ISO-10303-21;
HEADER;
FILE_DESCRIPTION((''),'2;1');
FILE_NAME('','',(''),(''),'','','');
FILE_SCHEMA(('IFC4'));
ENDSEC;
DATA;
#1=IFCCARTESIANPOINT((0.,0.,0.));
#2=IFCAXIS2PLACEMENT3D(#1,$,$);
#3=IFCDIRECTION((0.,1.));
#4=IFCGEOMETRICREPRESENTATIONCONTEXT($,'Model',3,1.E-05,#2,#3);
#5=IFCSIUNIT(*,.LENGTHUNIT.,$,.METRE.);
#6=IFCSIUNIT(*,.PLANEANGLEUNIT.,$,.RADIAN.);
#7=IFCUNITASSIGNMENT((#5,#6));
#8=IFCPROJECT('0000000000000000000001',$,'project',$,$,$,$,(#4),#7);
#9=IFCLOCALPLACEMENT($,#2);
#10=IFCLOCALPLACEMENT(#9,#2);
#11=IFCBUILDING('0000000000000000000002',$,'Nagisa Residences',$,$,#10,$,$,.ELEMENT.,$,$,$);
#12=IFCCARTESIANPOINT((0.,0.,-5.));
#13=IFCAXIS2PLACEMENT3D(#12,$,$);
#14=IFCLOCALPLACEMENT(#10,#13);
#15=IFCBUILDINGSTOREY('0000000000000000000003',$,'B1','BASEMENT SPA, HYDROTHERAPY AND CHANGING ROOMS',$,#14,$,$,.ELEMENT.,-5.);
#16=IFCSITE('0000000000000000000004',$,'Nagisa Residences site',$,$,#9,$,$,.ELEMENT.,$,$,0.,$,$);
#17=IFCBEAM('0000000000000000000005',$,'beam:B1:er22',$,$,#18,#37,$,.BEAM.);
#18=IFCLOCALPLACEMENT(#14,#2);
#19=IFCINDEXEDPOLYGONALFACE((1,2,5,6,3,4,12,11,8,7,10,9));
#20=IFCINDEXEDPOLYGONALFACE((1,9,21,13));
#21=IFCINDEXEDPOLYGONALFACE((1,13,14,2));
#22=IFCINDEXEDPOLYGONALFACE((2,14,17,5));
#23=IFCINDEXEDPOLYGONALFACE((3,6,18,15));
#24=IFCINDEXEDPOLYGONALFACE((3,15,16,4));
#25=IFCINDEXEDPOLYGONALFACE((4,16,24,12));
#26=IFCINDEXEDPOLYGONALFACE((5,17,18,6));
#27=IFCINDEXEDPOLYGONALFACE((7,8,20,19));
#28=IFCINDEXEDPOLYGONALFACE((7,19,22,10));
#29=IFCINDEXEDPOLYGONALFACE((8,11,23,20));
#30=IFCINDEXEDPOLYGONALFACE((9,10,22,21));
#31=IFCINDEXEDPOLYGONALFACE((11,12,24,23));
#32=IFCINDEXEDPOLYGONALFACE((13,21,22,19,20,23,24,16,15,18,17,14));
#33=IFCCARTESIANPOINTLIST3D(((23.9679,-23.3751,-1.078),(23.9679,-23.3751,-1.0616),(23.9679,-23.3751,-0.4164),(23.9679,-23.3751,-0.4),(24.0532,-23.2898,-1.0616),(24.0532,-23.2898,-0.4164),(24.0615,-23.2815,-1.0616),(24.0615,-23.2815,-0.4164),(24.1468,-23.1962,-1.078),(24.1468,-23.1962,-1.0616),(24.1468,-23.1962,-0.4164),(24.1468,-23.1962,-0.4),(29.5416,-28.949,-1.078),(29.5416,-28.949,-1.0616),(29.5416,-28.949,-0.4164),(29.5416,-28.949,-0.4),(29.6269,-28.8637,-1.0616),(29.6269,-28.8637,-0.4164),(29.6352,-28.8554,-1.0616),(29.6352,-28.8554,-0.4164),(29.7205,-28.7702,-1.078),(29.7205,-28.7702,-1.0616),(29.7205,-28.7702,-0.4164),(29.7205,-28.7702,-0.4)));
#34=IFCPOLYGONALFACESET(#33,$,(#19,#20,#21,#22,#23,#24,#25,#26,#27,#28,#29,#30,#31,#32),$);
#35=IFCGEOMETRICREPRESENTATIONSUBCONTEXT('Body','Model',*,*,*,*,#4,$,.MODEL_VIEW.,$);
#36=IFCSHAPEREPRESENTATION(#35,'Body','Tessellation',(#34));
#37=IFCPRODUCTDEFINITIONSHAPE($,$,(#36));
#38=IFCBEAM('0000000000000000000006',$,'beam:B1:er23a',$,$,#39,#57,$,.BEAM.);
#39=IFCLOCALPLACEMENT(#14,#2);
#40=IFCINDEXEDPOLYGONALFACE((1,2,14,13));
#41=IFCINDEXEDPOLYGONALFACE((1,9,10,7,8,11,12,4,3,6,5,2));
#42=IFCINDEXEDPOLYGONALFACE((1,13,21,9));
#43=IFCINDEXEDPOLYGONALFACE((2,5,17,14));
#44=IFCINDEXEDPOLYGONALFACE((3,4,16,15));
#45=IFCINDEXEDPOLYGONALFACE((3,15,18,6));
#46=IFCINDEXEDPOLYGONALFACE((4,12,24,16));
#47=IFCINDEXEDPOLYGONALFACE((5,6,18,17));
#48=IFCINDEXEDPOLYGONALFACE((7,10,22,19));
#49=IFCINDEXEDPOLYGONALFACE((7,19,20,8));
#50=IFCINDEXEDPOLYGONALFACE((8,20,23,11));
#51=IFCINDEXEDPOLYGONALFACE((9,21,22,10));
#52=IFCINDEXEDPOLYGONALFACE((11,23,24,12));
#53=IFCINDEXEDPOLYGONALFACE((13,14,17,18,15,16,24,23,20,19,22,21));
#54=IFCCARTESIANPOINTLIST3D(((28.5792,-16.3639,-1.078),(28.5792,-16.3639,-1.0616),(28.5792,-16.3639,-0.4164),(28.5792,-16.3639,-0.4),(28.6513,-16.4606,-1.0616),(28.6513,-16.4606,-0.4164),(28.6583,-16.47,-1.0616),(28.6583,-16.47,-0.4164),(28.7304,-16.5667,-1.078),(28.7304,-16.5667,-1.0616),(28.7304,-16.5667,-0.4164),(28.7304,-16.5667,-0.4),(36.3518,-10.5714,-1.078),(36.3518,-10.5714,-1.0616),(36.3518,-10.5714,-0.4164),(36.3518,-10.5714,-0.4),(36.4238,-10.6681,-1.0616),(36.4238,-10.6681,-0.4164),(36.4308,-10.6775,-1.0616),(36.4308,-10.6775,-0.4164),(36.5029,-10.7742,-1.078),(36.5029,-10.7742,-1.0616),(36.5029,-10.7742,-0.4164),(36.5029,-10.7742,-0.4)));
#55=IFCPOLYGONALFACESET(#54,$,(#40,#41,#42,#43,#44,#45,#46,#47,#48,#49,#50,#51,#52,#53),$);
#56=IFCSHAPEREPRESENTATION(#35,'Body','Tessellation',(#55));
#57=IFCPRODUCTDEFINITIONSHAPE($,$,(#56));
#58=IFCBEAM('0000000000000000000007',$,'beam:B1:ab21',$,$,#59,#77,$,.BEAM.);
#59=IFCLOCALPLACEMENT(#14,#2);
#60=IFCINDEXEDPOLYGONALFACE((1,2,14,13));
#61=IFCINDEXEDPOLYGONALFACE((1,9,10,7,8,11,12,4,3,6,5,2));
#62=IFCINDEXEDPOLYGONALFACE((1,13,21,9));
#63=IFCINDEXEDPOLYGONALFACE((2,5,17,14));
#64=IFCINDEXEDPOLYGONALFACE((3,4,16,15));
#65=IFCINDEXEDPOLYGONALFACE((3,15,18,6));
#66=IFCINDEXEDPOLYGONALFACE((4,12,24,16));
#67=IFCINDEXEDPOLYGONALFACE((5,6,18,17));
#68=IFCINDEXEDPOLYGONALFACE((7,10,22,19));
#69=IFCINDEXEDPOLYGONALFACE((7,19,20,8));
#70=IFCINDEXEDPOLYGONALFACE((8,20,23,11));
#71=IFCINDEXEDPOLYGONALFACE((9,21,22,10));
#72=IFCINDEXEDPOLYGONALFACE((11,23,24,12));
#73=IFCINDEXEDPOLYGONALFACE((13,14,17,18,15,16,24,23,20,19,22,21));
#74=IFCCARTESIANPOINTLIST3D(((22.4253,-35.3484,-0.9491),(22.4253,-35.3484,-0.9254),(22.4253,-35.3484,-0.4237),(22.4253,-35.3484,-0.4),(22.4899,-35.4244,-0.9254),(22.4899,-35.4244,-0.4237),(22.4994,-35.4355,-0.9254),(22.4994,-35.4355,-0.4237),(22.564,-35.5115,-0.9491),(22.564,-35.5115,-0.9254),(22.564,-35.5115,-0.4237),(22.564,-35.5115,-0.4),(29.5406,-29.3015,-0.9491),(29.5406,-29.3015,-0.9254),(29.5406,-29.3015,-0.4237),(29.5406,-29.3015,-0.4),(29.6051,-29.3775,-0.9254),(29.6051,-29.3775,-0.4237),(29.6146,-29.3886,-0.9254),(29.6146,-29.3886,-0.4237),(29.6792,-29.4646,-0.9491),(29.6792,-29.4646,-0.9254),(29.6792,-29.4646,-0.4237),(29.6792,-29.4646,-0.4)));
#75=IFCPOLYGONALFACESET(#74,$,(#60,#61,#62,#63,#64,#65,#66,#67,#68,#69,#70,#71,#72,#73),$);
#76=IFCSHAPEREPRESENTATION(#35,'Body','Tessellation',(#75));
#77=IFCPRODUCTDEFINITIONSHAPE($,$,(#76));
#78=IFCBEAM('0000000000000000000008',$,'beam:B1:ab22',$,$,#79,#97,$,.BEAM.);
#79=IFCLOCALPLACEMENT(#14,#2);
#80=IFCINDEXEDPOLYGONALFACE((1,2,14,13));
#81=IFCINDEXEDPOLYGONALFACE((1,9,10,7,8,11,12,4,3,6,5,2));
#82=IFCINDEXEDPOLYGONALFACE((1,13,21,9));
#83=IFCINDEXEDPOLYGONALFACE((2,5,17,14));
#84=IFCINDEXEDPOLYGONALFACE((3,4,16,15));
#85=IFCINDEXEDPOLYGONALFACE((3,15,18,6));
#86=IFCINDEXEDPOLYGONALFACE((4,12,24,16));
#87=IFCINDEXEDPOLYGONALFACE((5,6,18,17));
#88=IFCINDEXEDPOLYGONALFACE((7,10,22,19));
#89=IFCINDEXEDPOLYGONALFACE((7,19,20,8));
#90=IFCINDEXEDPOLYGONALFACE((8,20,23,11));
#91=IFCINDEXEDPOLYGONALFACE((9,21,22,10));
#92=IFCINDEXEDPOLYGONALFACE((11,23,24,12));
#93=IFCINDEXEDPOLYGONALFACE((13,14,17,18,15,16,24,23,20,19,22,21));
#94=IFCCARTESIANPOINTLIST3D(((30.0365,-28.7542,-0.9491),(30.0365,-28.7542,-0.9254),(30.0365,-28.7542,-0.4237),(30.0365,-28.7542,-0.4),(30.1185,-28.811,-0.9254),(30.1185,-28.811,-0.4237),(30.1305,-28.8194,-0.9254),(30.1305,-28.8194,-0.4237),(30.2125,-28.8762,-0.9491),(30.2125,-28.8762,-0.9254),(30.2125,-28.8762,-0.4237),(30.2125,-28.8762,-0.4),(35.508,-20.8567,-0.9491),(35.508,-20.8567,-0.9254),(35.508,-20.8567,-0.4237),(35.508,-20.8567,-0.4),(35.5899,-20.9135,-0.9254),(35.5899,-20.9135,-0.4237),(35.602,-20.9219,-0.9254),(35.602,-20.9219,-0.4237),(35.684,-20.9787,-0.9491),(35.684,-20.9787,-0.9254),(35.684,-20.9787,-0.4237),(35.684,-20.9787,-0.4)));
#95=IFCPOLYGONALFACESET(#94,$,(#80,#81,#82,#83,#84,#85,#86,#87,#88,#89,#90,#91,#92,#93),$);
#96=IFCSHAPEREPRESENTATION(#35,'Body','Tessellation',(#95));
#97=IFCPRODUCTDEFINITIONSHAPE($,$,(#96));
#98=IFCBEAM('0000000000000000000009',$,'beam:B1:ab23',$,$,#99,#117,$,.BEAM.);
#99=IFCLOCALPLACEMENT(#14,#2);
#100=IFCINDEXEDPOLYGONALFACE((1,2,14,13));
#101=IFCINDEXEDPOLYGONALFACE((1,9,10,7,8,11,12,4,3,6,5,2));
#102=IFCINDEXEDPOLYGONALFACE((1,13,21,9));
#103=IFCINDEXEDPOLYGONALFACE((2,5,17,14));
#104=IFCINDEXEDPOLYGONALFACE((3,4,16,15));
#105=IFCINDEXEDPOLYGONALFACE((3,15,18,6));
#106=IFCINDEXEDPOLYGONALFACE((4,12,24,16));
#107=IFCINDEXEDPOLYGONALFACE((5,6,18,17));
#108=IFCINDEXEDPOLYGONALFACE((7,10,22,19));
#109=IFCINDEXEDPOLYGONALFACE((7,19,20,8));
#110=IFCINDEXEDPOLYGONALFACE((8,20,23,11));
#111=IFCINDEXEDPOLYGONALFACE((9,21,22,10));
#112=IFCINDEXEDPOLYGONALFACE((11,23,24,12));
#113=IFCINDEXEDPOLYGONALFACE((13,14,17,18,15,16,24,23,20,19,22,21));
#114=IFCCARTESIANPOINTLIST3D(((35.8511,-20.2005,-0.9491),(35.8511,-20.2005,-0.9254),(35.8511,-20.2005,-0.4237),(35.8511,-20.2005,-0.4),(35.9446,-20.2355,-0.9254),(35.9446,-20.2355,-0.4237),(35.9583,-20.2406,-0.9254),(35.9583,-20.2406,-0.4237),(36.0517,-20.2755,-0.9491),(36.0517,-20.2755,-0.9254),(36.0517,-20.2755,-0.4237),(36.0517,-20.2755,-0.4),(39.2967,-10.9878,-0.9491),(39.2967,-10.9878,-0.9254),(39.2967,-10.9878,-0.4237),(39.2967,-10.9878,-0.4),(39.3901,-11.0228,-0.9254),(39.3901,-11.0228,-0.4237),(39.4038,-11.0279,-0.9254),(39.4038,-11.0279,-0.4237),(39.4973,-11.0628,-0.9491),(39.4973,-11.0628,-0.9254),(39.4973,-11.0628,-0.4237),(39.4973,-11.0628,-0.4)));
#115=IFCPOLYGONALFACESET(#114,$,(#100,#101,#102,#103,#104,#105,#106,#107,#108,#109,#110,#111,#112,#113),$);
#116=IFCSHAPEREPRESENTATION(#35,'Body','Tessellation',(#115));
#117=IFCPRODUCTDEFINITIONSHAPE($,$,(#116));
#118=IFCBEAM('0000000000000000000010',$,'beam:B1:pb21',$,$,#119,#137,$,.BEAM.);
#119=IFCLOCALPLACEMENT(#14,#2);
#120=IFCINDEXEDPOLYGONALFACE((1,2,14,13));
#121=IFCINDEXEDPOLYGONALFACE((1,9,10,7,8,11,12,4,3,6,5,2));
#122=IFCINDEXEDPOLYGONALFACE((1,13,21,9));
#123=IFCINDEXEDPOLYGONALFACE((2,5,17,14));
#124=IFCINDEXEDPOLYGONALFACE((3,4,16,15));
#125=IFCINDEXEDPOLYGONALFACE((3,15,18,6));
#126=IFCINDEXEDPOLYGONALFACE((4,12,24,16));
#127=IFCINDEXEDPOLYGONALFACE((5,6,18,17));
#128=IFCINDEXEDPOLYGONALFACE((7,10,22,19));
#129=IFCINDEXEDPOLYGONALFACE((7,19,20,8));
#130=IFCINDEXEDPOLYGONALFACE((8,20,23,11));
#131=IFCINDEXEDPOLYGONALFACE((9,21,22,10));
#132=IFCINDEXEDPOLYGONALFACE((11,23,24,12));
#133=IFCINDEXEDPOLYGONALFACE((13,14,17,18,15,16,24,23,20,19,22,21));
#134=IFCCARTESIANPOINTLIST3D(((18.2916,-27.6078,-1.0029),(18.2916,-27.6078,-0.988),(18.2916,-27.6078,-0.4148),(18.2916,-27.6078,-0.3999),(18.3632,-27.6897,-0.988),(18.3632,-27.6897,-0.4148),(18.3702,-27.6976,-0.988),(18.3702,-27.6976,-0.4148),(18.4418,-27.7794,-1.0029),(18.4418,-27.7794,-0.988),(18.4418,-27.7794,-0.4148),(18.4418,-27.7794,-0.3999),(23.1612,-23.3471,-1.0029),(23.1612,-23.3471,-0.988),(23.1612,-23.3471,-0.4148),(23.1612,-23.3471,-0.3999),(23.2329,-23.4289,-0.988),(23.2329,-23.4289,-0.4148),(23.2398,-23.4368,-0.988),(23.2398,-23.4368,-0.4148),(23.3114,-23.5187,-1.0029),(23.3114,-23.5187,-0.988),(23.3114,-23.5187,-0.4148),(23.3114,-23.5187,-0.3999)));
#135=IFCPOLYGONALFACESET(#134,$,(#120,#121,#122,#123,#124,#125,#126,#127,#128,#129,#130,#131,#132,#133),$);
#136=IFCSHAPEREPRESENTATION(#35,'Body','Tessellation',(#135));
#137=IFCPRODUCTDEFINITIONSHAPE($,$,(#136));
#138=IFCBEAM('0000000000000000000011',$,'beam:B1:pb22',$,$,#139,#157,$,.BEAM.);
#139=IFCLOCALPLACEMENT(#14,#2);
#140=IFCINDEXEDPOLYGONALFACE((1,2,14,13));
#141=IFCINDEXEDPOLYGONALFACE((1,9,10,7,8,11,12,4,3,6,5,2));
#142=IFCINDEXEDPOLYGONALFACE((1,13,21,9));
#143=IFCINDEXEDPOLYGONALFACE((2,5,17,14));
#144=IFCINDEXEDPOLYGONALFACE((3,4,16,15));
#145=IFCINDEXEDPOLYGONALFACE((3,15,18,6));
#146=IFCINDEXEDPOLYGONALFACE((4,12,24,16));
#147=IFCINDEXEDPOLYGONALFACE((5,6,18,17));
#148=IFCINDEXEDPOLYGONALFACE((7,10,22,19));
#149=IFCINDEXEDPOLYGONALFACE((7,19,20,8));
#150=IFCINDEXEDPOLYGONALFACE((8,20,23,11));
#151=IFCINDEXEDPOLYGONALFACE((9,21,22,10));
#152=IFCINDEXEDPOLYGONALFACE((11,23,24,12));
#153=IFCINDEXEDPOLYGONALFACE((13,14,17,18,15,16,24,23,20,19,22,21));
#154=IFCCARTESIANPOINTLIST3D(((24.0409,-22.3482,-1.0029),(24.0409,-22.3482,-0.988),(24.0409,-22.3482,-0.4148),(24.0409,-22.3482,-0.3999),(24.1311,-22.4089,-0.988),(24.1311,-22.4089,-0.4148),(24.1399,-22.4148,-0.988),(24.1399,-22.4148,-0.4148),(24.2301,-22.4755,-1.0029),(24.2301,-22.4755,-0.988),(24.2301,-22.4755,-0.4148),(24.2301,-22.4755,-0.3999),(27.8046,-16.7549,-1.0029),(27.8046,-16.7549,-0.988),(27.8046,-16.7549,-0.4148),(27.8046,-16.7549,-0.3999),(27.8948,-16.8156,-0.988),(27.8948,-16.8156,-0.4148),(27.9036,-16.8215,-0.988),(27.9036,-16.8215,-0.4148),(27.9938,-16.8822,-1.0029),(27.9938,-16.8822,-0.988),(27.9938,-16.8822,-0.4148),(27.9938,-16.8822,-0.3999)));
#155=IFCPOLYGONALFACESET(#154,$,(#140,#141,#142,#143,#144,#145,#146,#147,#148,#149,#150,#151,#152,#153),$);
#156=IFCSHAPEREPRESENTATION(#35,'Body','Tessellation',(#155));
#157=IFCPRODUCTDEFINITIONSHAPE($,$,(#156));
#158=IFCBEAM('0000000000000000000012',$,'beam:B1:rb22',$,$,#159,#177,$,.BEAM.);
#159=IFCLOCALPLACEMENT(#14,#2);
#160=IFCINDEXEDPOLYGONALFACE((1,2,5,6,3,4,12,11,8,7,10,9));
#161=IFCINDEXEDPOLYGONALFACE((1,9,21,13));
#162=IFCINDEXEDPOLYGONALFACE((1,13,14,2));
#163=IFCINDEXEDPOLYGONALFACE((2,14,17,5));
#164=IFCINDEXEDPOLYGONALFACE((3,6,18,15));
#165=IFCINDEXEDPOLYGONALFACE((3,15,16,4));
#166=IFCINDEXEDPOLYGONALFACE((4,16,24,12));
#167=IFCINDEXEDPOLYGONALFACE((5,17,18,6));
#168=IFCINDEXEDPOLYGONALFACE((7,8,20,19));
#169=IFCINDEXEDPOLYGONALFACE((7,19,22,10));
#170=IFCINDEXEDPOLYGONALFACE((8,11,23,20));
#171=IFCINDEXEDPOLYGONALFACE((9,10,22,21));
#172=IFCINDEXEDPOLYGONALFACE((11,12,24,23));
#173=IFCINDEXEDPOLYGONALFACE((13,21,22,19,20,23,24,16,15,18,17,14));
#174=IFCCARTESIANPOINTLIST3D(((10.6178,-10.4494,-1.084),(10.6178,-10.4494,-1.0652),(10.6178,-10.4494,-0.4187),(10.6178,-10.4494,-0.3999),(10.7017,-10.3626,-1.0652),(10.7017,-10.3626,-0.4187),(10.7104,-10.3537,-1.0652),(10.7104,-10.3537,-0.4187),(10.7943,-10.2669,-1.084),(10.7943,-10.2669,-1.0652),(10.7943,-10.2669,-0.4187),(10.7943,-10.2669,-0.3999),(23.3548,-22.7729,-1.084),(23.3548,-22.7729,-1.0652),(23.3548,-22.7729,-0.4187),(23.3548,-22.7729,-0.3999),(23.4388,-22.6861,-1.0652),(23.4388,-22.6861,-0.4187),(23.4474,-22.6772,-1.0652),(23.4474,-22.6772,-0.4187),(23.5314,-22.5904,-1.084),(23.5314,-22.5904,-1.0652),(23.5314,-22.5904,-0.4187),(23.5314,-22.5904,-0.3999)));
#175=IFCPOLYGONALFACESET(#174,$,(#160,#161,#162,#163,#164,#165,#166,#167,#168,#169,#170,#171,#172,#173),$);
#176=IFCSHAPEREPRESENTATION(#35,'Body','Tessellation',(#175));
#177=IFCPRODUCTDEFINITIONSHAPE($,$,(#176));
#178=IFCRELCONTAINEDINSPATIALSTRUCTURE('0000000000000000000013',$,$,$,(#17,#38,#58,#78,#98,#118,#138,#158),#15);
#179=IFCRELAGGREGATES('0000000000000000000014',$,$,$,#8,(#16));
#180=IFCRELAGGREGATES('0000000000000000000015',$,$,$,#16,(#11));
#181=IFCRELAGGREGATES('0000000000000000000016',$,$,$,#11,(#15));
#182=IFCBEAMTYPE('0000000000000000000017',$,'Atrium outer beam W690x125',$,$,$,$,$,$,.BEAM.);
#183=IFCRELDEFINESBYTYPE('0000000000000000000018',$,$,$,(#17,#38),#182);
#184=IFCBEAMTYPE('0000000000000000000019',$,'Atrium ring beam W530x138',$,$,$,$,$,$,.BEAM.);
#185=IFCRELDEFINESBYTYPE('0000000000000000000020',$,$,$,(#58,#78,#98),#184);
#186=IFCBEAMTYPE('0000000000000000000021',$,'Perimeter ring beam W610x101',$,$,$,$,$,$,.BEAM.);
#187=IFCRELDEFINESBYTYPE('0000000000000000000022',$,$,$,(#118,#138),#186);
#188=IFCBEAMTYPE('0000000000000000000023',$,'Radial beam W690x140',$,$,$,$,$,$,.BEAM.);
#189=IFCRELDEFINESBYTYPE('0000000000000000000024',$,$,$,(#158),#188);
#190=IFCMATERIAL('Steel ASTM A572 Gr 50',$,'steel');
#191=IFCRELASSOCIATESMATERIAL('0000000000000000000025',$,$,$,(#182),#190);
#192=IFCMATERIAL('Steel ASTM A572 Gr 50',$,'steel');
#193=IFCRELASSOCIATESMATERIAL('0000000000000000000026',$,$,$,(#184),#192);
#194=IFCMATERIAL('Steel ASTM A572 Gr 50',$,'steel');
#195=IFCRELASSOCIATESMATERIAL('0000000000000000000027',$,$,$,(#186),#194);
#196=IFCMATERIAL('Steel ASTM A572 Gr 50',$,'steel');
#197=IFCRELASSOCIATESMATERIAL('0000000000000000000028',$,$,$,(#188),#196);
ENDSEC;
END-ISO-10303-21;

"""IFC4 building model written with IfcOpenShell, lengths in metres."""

from ifc_helpers import new_model, si_unit, direction, frame, origin, origin_2d, place, context, subcontext, project, spatial, i_section, extrude, material, material_profile, profile_set, type_object, element, save


model = new_model("IFC4")

# Units and contexts
model_context = context("Model", 3, precision=1e-05, world=origin(), true_north=direction((0.0, 1.0)))
body_context = subcontext(model_context, "Body", "Model", "MODEL_VIEW")
ifc_project = project(units=[si_unit("LENGTHUNIT", "METRE"), si_unit("PLANEANGLEUNIT", "RADIAN")], contexts=[model_context])

# Site, building, storey
site_placement = place(None, origin())
site = spatial("IfcSite", under=ifc_project, at=site_placement, Name="Nagisa Residences site", CompositionType="ELEMENT", RefElevation=0.0)
building_placement = place(site_placement, origin())
building = spatial("IfcBuilding", under=site, at=building_placement, Name="Nagisa Residences", CompositionType="ELEMENT")
storey_placement = place(building_placement, frame((0.0, 0.0, -5.0)))
storey = spatial("IfcBuildingStorey", under=building, at=storey_placement, Name="B1", Description="BASEMENT SPA, HYDROTHERAPY AND CHANGING ROOMS", CompositionType="ELEMENT", Elevation=-5.0)

# Beams
ifc_material_1 = material(Name="Steel ASTM A572 Gr 50", Category="steel")
ifc_material_profile_1 = material_profile(ifc_material_1, i_section(OverallWidth=0.2529, OverallDepth=0.678, WebThickness=0.0117, FlangeThickness=0.0164, at=origin_2d()), Name="W690x125")
ifc_profile_set_1 = profile_set([ifc_material_profile_1], Name="Steel ASTM A572 Gr 50")
beam_type_1 = type_object("IfcBeamType", Name="Atrium outer beam W690x125", PredefinedType="BEAM", material=ifc_profile_set_1)
beam_1_placement = place(storey_placement, frame((24.0574, -23.2856, -0.739), z_axis=(0.707091, -0.707122, 0.0), x_axis=(0.707122, 0.707091, 0.0)))
element("IfcBeam", 1, at=beam_1_placement, inside=storey, type_object=beam_type_1, Name="beam:B1:er22", PredefinedType="BEAM", context=body_context, shape_type="SweptSolid", body=[
    extrude(i_section(OverallWidth=0.2529, OverallDepth=0.678, WebThickness=0.0117, FlangeThickness=0.0164, at=origin_2d()), origin(), (0.0, 0.0, 1.0), 7.8826),
])
beam_2_placement = place(storey_placement, frame((28.6548, -16.4653, -0.739), z_axis=(0.801822, 0.597563, 0.0), x_axis=(-0.597563, 0.801822, 0.0)))
element("IfcBeam", 2, at=beam_2_placement, inside=storey, type_object=beam_type_1, Name="beam:B1:er23a", PredefinedType="BEAM", context=body_context, shape_type="SweptSolid", body=[
    extrude(i_section(OverallWidth=0.2529, OverallDepth=0.678, WebThickness=0.0117, FlangeThickness=0.0164, at=origin_2d()), origin(), (0.0, 0.0, 1.0), 9.6936),
])
ifc_material_2 = material(Name="Steel ASTM A572 Gr 50", Category="steel")
ifc_material_profile_2 = material_profile(ifc_material_2, i_section(OverallWidth=0.2141, OverallDepth=0.5491, WebThickness=0.0146, FlangeThickness=0.0237, at=origin_2d()), Name="W530x138")
ifc_profile_set_2 = profile_set([ifc_material_profile_2], Name="Steel ASTM A572 Gr 50")
beam_type_2 = type_object("IfcBeamType", Name="Atrium ring beam W530x138", PredefinedType="BEAM", material=ifc_profile_set_2)
beam_3_placement = place(storey_placement, frame((22.4946, -35.4299, -0.6746), z_axis=(0.761996, 0.647582, 0.0), x_axis=(-0.647582, 0.761996, 0.0)))
element("IfcBeam", 3, at=beam_3_placement, inside=storey, type_object=beam_type_2, Name="beam:B1:ab21", PredefinedType="BEAM", context=body_context, shape_type="SweptSolid", body=[
    extrude(i_section(OverallWidth=0.2141, OverallDepth=0.5491, WebThickness=0.0146, FlangeThickness=0.0237, at=origin_2d()), origin(), (0.0, 0.0, 1.0), 9.3376),
])
beam_4_placement = place(storey_placement, frame((30.1245, -28.8152, -0.6746), z_axis=(0.569489, 0.821999, 0.0), x_axis=(-0.821999, 0.569489, 0.0)))
element("IfcBeam", 4, at=beam_4_placement, inside=storey, type_object=beam_type_2, Name="beam:B1:ab22", PredefinedType="BEAM", context=body_context, shape_type="SweptSolid", body=[
    extrude(i_section(OverallWidth=0.2141, OverallDepth=0.5491, WebThickness=0.0146, FlangeThickness=0.0237, at=origin_2d()), origin(), (0.0, 0.0, 1.0), 9.6077),
])
beam_5_placement = place(storey_placement, frame((35.9514, -20.238, -0.6746), z_axis=(0.350305, 0.936636, 0.0), x_axis=(-0.936636, 0.350305, 0.0)))
element("IfcBeam", 5, at=beam_5_placement, inside=storey, type_object=beam_type_2, Name="beam:B1:ab23", PredefinedType="BEAM", context=body_context, shape_type="SweptSolid", body=[
    extrude(i_section(OverallWidth=0.2141, OverallDepth=0.5491, WebThickness=0.0146, FlangeThickness=0.0237, at=origin_2d()), origin(), (0.0, 0.0, 1.0), 9.8359),
])
ifc_material_3 = material(Name="Steel ASTM A572 Gr 50", Category="steel")
ifc_material_profile_3 = material_profile(ifc_material_3, i_section(OverallWidth=0.228, OverallDepth=0.603, WebThickness=0.0105, FlangeThickness=0.0149, at=origin_2d()), Name="W610x101")
ifc_profile_set_3 = profile_set([ifc_material_profile_3], Name="Steel ASTM A572 Gr 50")
beam_type_3 = type_object("IfcBeamType", Name="Perimeter ring beam W610x101", PredefinedType="BEAM", material=ifc_profile_set_3)
beam_6_placement = place(storey_placement, frame((18.3667, -27.6936, -0.7014), z_axis=(0.752591, 0.658489, 0.0), x_axis=(-0.658489, 0.752591, 0.0)))
element("IfcBeam", 6, at=beam_6_placement, inside=storey, type_object=beam_type_3, Name="beam:B1:pb21", PredefinedType="BEAM", context=body_context, shape_type="SweptSolid", body=[
    extrude(i_section(OverallWidth=0.228, OverallDepth=0.603, WebThickness=0.0105, FlangeThickness=0.0149, at=origin_2d()), origin(), (0.0, 0.0, 1.0), 6.4705),
])
beam_7_placement = place(storey_placement, frame((24.1355, -22.4119, -0.7014), z_axis=(0.558272, 0.829658, 0.0), x_axis=(-0.829658, 0.558272, 0.0)))
element("IfcBeam", 7, at=beam_7_placement, inside=storey, type_object=beam_type_3, Name="beam:B1:pb22", PredefinedType="BEAM", context=body_context, shape_type="SweptSolid", body=[
    extrude(i_section(OverallWidth=0.228, OverallDepth=0.603, WebThickness=0.0105, FlangeThickness=0.0149, at=origin_2d()), origin(), (0.0, 0.0, 1.0), 6.7417),
])
ifc_material_4 = material(Name="Steel ASTM A572 Gr 50", Category="steel")
ifc_material_profile_4 = material_profile(ifc_material_4, i_section(OverallWidth=0.2539, OverallDepth=0.6841, WebThickness=0.0125, FlangeThickness=0.0188, at=origin_2d()), Name="W690x140")
ifc_profile_set_4 = profile_set([ifc_material_profile_4], Name="Steel ASTM A572 Gr 50")
beam_type_4 = type_object("IfcBeamType", Name="Radial beam W690x140", PredefinedType="BEAM", material=ifc_profile_set_4)
beam_8_placement = place(storey_placement, frame((23.4431, -22.6816, -0.7419), z_axis=(-0.718678, 0.695343, 0.0), x_axis=(-0.695343, -0.718678, 0.0)))
element("IfcBeam", 8, at=beam_8_placement, inside=storey, type_object=beam_type_4, Name="beam:B1:rb22", PredefinedType="BEAM", context=body_context, shape_type="SweptSolid", body=[
    extrude(i_section(OverallWidth=0.2539, OverallDepth=0.6841, WebThickness=0.0125, FlangeThickness=0.0188, at=origin_2d()), origin(), (0.0, 0.0, 1.0), 17.7229),
])

save(model, "model.ifc")
